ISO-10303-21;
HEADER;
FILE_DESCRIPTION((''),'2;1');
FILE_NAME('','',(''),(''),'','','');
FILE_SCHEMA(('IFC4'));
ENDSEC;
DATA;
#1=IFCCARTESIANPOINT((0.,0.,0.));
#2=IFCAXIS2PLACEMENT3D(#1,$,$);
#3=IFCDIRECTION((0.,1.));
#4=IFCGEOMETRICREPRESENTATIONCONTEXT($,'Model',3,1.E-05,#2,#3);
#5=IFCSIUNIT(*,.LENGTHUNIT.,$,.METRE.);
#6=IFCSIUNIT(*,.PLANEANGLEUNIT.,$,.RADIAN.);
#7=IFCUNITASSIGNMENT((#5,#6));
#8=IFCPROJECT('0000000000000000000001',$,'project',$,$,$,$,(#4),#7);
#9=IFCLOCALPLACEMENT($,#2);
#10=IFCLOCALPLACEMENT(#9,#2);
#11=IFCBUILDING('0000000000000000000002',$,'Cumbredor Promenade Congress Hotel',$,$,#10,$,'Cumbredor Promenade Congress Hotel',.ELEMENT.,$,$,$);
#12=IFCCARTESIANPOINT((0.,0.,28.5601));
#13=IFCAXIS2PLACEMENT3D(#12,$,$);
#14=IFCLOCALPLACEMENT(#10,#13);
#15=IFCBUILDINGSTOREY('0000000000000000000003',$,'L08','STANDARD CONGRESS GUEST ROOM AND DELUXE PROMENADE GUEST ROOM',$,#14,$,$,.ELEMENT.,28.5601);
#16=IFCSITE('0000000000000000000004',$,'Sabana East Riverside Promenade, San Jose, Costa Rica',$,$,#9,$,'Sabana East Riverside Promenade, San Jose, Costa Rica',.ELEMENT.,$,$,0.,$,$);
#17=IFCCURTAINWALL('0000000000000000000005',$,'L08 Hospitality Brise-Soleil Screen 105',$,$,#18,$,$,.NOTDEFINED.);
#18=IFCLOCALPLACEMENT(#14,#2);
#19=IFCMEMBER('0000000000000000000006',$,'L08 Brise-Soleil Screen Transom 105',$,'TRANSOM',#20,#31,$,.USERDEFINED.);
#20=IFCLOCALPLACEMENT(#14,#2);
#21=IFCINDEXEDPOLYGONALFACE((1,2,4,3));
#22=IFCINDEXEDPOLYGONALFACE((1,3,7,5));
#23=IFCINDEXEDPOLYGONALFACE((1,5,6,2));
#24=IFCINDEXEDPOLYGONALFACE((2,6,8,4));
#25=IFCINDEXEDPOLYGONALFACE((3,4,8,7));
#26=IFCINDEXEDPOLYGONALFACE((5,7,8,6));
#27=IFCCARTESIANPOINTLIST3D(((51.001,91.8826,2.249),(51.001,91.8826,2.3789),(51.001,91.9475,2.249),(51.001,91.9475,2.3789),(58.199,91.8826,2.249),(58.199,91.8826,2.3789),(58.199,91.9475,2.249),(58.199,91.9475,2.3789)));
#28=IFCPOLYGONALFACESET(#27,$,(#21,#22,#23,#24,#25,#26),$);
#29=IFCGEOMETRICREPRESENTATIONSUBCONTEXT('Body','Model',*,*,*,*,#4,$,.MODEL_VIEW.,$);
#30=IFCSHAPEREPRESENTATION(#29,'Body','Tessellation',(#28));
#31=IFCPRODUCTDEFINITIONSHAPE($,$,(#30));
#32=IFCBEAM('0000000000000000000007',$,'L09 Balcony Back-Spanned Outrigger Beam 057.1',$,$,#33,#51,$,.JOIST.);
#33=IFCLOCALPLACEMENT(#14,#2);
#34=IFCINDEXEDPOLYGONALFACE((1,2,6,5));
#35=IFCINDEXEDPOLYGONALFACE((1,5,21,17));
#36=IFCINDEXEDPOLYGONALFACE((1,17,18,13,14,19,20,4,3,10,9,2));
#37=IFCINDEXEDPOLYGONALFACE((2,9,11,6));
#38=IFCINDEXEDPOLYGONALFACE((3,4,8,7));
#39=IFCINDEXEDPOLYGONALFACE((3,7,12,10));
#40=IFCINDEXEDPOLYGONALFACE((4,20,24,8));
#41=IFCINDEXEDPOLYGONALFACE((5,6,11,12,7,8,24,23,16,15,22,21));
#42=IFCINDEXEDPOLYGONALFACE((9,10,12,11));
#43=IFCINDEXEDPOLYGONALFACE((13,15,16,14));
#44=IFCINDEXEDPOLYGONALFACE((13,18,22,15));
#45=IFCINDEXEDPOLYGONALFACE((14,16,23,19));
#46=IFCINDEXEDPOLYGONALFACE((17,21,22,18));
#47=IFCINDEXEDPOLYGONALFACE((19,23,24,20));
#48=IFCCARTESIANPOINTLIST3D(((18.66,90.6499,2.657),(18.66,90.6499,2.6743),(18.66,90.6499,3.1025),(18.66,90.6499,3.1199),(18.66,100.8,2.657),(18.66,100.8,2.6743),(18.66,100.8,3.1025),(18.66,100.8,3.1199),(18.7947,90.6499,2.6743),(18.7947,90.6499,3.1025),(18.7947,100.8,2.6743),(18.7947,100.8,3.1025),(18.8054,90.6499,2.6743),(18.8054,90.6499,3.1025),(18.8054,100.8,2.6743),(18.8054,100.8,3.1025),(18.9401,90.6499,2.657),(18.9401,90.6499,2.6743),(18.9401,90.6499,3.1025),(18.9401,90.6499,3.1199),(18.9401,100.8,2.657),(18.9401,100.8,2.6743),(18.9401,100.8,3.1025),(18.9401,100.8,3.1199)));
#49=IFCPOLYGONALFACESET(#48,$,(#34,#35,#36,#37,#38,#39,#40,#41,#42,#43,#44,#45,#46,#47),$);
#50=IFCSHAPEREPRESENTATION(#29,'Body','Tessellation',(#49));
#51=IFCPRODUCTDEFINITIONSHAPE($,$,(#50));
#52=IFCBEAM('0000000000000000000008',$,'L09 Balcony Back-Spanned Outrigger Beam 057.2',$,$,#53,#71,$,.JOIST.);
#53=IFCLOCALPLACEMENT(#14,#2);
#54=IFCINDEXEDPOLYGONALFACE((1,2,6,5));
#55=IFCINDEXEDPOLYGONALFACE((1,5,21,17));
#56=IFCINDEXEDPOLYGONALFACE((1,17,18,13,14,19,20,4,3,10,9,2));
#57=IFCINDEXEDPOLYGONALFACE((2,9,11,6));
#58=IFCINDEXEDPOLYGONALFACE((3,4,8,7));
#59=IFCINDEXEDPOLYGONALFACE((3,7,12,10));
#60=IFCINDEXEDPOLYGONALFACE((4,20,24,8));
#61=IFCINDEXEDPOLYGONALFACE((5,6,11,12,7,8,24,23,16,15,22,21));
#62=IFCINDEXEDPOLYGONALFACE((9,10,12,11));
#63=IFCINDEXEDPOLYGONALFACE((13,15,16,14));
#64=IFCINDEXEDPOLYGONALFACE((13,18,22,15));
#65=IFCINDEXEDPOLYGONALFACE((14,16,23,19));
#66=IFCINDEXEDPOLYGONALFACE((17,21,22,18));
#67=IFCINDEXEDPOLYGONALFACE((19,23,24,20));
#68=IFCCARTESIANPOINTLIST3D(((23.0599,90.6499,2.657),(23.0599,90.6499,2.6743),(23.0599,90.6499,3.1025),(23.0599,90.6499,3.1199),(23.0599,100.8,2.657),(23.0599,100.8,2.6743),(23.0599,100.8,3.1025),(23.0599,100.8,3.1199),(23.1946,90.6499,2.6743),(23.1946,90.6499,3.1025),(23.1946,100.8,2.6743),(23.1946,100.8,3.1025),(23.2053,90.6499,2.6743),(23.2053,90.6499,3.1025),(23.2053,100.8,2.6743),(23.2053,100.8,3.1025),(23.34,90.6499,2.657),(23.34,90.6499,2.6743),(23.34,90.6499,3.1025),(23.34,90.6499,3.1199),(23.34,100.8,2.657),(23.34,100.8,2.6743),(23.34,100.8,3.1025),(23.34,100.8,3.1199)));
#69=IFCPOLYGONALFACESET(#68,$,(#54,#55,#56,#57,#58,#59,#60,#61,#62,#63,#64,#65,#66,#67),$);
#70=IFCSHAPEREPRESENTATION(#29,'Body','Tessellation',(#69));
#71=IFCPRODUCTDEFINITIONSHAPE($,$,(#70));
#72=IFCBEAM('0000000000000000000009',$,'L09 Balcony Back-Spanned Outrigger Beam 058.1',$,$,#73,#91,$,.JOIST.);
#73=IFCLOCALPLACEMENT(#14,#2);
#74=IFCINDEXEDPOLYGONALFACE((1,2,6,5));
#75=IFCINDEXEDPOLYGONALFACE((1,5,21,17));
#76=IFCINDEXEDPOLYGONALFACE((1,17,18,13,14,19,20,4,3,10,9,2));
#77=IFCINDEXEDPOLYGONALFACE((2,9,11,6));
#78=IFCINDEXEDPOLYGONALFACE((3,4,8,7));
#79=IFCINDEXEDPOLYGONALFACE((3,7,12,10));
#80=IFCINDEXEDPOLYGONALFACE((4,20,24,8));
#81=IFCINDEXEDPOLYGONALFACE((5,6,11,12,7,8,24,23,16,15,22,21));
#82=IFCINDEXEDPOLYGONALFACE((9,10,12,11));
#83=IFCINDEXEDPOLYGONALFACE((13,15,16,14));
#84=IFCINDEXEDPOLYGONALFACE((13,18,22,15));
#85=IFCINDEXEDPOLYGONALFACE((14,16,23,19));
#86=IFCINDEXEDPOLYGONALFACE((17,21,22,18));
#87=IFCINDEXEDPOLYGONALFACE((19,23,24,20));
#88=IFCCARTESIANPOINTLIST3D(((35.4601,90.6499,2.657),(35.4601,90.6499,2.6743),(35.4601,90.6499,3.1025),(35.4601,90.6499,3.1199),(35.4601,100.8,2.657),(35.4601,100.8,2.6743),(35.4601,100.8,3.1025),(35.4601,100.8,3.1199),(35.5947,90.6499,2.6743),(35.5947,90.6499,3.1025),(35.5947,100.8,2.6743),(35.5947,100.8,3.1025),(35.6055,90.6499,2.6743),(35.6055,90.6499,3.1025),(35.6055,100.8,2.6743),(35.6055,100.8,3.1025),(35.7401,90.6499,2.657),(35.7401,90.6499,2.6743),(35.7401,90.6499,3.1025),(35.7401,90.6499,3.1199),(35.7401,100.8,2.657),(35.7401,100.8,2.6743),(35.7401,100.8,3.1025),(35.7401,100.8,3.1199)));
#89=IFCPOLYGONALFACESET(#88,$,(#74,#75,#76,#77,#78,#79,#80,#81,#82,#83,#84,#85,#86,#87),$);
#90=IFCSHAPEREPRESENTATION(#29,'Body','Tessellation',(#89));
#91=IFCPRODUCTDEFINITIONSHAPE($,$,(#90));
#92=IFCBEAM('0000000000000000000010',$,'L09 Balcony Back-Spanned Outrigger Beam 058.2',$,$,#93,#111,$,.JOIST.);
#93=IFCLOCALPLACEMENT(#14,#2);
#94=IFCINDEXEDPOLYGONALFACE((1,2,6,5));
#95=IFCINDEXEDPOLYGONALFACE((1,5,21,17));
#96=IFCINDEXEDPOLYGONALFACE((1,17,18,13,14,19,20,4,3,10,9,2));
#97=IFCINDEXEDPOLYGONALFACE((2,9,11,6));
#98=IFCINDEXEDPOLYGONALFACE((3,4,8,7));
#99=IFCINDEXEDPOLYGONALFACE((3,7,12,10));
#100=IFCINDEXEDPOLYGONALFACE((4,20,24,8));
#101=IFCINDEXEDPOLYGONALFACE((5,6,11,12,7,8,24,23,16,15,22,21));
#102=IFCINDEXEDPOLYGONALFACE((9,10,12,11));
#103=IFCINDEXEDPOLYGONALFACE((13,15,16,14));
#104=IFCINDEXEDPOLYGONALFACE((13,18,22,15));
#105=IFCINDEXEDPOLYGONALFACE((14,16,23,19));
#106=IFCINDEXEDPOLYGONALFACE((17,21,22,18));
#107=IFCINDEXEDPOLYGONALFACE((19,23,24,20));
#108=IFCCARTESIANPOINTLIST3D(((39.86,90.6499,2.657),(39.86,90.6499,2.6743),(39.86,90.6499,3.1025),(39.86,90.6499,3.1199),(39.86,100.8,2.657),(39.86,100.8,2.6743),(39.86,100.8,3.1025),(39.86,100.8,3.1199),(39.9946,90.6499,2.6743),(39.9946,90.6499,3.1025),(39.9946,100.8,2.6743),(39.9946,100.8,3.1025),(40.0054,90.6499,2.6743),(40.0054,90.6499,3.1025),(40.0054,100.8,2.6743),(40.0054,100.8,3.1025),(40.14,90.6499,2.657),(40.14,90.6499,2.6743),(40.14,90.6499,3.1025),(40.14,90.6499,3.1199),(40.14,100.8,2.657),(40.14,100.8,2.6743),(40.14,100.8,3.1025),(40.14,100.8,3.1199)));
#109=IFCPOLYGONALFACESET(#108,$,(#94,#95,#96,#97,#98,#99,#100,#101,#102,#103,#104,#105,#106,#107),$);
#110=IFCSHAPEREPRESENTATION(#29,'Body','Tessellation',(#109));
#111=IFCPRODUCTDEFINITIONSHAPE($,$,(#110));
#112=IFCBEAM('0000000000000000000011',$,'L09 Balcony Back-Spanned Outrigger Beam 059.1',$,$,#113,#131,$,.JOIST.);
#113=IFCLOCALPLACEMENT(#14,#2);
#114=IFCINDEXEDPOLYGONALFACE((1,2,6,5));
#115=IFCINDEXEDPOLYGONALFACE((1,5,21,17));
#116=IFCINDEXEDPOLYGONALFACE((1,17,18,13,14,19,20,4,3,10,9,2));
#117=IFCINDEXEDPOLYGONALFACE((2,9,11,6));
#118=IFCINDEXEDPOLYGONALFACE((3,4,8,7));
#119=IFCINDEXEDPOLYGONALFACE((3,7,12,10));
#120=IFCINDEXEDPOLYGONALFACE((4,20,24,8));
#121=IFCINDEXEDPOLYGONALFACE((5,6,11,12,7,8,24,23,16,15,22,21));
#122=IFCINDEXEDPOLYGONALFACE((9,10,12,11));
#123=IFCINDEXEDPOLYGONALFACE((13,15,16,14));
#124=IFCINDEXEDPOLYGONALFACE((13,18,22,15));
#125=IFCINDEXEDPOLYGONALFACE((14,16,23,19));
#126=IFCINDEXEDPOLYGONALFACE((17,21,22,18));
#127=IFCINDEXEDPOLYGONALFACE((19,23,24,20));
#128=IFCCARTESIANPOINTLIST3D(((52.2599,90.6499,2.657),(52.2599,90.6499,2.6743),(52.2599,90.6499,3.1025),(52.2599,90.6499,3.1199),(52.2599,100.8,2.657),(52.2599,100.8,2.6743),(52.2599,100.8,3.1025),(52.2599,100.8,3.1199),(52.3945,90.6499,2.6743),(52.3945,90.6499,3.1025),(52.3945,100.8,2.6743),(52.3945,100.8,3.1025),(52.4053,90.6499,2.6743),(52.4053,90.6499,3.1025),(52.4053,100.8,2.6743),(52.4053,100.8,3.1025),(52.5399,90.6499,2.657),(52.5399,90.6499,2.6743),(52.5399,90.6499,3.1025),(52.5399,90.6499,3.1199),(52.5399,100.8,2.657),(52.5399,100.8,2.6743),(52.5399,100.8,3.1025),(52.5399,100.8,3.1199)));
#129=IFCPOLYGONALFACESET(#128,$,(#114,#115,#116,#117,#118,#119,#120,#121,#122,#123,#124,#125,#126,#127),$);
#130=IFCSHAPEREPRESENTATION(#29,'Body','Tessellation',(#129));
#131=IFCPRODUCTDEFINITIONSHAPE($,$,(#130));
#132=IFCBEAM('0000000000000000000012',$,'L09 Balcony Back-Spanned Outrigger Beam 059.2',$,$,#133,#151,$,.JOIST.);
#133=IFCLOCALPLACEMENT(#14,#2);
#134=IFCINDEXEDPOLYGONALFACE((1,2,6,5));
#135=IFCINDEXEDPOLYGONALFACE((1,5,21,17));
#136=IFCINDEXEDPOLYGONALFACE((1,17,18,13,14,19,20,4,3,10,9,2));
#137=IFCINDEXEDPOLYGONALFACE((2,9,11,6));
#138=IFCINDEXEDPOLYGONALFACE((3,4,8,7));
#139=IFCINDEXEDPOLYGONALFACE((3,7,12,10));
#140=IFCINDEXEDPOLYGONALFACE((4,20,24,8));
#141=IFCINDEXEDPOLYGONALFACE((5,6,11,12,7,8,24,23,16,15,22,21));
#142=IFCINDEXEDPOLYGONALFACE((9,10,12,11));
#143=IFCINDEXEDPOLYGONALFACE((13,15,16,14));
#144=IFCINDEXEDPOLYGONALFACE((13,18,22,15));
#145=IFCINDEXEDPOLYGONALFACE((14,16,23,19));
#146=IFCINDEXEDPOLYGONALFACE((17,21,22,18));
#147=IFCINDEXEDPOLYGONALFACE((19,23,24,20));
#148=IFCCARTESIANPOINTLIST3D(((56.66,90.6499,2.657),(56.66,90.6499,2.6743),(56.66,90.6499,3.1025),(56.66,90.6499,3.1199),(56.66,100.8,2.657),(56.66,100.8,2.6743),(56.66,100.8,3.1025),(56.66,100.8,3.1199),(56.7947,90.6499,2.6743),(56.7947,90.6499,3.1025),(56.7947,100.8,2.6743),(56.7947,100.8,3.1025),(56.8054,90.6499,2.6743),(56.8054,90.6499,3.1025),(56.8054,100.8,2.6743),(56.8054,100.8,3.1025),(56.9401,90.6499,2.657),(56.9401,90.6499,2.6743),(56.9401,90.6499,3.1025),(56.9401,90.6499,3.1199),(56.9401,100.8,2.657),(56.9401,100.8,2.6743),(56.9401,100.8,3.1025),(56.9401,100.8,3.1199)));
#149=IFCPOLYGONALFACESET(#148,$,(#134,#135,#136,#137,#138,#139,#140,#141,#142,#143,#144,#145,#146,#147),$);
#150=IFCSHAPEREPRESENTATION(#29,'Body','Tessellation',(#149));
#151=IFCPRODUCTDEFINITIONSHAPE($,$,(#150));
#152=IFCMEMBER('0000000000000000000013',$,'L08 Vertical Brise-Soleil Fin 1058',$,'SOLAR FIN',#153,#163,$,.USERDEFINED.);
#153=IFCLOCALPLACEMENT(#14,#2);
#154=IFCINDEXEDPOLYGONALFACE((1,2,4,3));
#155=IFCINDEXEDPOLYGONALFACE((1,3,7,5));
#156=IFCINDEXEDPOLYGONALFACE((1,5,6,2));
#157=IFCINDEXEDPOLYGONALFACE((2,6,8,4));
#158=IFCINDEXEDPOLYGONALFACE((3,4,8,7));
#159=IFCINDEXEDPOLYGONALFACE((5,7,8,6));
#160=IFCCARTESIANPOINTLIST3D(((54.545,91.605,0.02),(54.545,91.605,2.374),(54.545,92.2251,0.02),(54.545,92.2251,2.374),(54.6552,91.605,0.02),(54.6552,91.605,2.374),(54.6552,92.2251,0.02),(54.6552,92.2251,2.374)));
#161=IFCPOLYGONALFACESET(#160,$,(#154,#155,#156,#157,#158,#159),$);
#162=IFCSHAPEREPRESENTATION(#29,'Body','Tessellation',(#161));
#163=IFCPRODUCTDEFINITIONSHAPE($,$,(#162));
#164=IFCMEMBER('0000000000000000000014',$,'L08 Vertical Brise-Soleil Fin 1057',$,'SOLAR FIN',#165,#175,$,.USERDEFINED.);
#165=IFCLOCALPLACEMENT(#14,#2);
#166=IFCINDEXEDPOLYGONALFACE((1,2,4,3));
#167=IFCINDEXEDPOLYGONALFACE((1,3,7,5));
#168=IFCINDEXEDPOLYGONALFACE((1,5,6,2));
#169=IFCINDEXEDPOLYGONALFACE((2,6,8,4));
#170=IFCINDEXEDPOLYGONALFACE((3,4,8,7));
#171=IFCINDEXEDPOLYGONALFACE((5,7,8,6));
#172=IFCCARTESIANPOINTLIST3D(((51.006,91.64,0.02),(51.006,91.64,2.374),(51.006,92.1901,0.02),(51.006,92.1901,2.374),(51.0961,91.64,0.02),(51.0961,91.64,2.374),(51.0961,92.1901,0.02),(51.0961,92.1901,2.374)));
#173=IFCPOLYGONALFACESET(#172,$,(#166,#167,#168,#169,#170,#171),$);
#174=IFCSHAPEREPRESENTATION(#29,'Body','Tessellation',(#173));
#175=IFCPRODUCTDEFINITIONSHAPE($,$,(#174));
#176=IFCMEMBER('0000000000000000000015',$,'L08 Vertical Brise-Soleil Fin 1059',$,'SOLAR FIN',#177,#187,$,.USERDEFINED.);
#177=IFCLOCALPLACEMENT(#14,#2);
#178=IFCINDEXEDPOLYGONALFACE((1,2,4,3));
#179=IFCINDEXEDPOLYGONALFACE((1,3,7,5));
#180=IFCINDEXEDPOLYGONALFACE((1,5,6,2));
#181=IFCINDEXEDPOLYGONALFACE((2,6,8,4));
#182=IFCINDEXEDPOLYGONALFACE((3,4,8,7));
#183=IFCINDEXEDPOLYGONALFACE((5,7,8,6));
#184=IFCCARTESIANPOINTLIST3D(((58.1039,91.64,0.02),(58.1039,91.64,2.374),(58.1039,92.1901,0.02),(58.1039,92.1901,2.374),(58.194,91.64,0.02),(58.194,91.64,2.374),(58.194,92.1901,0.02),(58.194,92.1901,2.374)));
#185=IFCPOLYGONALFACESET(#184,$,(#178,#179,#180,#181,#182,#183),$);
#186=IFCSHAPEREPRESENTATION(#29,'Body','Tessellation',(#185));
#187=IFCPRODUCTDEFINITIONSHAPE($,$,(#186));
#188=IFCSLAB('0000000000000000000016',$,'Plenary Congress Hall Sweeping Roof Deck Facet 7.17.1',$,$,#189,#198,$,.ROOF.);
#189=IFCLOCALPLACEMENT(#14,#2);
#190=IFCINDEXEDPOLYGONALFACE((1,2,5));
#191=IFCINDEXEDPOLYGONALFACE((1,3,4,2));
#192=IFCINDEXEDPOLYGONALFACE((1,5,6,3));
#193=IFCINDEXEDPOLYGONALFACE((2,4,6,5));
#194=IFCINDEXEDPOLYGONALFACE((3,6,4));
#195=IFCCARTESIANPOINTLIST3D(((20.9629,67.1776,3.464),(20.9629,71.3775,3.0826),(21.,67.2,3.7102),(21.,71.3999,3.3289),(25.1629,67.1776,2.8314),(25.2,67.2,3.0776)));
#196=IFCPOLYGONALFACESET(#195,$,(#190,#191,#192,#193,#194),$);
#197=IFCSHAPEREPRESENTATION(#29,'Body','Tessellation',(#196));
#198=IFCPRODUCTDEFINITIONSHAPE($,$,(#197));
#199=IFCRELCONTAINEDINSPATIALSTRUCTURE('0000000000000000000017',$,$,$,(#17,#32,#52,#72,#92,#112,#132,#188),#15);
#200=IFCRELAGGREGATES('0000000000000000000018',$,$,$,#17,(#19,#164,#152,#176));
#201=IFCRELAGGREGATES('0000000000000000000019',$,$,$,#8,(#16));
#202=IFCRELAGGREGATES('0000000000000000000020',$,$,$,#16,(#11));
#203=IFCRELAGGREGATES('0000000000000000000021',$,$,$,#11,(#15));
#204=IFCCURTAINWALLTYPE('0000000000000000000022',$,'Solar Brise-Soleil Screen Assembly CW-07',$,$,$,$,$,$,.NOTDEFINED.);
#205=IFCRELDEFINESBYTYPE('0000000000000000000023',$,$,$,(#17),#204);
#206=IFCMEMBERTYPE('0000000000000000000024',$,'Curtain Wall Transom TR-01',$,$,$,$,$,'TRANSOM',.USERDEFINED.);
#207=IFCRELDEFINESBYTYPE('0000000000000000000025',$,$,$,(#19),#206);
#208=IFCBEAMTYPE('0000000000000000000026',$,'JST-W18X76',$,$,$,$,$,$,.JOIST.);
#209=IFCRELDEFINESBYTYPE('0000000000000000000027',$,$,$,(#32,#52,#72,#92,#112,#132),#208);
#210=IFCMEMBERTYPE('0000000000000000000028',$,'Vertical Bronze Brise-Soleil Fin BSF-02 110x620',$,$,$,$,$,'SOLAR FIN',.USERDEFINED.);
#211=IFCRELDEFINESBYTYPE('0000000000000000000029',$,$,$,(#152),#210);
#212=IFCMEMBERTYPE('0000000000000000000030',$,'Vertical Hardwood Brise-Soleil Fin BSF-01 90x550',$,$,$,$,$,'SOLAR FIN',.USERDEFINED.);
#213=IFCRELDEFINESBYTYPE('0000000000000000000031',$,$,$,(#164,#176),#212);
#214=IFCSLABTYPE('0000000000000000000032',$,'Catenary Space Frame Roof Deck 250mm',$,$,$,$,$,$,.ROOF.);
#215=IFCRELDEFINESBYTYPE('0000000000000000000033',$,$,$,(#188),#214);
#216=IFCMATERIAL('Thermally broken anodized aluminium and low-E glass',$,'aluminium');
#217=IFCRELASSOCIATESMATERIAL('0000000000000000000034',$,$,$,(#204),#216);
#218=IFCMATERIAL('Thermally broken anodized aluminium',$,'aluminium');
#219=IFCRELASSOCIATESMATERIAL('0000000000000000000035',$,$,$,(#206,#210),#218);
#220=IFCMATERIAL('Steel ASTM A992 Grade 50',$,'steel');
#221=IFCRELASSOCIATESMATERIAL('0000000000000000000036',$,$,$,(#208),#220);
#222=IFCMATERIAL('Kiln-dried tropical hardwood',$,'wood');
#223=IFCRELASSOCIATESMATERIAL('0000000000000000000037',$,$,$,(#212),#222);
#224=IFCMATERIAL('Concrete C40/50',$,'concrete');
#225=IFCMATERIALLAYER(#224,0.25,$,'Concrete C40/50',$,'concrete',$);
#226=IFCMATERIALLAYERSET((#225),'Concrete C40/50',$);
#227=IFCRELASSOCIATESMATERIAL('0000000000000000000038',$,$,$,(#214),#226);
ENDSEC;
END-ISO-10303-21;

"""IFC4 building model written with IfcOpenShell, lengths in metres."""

from ifc_helpers import new_model, si_unit, direction, frame, origin, origin_2d, place, context, subcontext, project, spatial, polyline, rectangle, i_section, outline, extrude, material, layer, layer_set, material_profile, profile_set, type_object, element, aggregate, save


model = new_model("IFC4")

# Units and contexts
model_context = context("Model", 3, precision=1e-05, world=origin(), true_north=direction((0.0, 1.0)))
body_context = subcontext(model_context, "Body", "Model", "MODEL_VIEW")
ifc_project = project(units=[si_unit("LENGTHUNIT", "METRE"), si_unit("PLANEANGLEUNIT", "RADIAN")], contexts=[model_context])

# Site, building, storey
site_placement = place(None, origin())
site = spatial("IfcSite", under=ifc_project, at=site_placement, Name="Sabana East Riverside Promenade, San Jose, Costa Rica", LongName="Sabana East Riverside Promenade, San Jose, Costa Rica", CompositionType="ELEMENT", RefElevation=0.0)
building_placement = place(site_placement, origin())
building = spatial("IfcBuilding", under=site, at=building_placement, Name="Cumbredor Promenade Congress Hotel", LongName="Cumbredor Promenade Congress Hotel", CompositionType="ELEMENT")
storey_placement = place(building_placement, frame((0.0, 0.0, 28.5601)))
storey = spatial("IfcBuildingStorey", under=building, at=storey_placement, Name="L08", Description="STANDARD CONGRESS GUEST ROOM AND DELUXE PROMENADE GUEST ROOM", CompositionType="ELEMENT", Elevation=28.5601)

# Curtain wall, member
ifc_material_1 = material(Name="Thermally broken anodized aluminium and low-E glass", Category="aluminium")
curtain_wall_type = type_object("IfcCurtainWallType", Name="Solar Brise-Soleil Screen Assembly CW-07", PredefinedType="NOTDEFINED", material=ifc_material_1)
curtain_wall_1_placement = place(storey_placement, origin())
curtain_wall_1 = element("IfcCurtainWall", 1, at=curtain_wall_1_placement, inside=storey, type_object=curtain_wall_type, Name="L08 Hospitality Brise-Soleil Screen 105", PredefinedType="NOTDEFINED")
ifc_material_2 = material(Name="Thermally broken anodized aluminium", Category="aluminium")
ifc_material_profile_1 = material_profile(ifc_material_2, rectangle(XDim=0.0649, YDim=0.1299, at=origin_2d()), Name="ALU TRANSOM 65x130")
ifc_profile_set_1 = profile_set([ifc_material_profile_1], Name="Thermally broken anodized aluminium")
member_type_1 = type_object("IfcMemberType", Name="Curtain Wall Transom TR-01", ElementType="TRANSOM", PredefinedType="USERDEFINED", material=ifc_profile_set_1)
member_1_placement = place(storey_placement, frame((51.001, 91.915, 2.314), z_axis=(1.0, 0.0, 0.0), x_axis=(0.0, 1.0, 0.0)))
member_1 = element("IfcMember", 2, at=member_1_placement, type_object=member_type_1, Name="L08 Brise-Soleil Screen Transom 105", ObjectType="TRANSOM", PredefinedType="USERDEFINED", context=body_context, shape_type="SweptSolid", body=[
    extrude(rectangle(XDim=0.0649, YDim=0.1299, at=origin_2d()), origin(), (0.0, 0.0, 1.0), 7.198),
])

# Beams
ifc_material_3 = material(Name="Steel ASTM A992 Grade 50", Category="steel")
ifc_material_profile_2 = material_profile(ifc_material_3, i_section(OverallWidth=0.28, OverallDepth=0.4629, WebThickness=0.0107, FlangeThickness=0.0173, at=origin_2d()), Name="W18X76")
ifc_profile_set_2 = profile_set([ifc_material_profile_2], Name="Steel ASTM A992 Grade 50")
beam_type = type_object("IfcBeamType", Name="JST-W18X76", PredefinedType="JOIST", material=ifc_profile_set_2)
for number, where, z_axis, x_axis, name in (
    (3, (18.8, 90.6499, 2.8884), (0.0, 1.0, 0.0), (-1.0, 0.0, 0.0), "L09 Balcony Back-Spanned Outrigger Beam 057.1"),
    (4, (23.2, 90.6499, 2.8884), (0.0, 1.0, 0.0), (-1.0, 0.0, 0.0), "L09 Balcony Back-Spanned Outrigger Beam 057.2"),
    (5, (35.6001, 90.6499, 2.8884), (0.0, 1.0, 0.0), (-1.0, 0.0, 0.0), "L09 Balcony Back-Spanned Outrigger Beam 058.1"),
    (6, (40.0, 90.6499, 2.8884), (0.0, 1.0, 0.0), (-1.0, 0.0, 0.0), "L09 Balcony Back-Spanned Outrigger Beam 058.2"),
    (7, (52.3999, 90.6499, 2.8884), (0.0, 1.0, 0.0), (-1.0, 0.0, 0.0), "L09 Balcony Back-Spanned Outrigger Beam 059.1"),
    (8, (56.8, 90.6499, 2.8884), (0.0, 1.0, 0.0), (-1.0, 0.0, 0.0), "L09 Balcony Back-Spanned Outrigger Beam 059.2"),
):
    element("IfcBeam", number, at=place(storey_placement, frame(where, z_axis=z_axis, x_axis=x_axis)), inside=storey, type_object=beam_type, Name=name, PredefinedType="JOIST", context=body_context, shape_type="SweptSolid", body=[
        extrude(i_section(OverallWidth=0.28, OverallDepth=0.4629, WebThickness=0.0107, FlangeThickness=0.0173, at=origin_2d()), origin(), (0.0, 0.0, 1.0), 10.1501),
    ])

# Members
ifc_material_profile_3 = material_profile(ifc_material_2, rectangle(XDim=0.1101, YDim=0.6201, at=origin_2d()), Name="ARCH FIN 110x620")
ifc_profile_set_3 = profile_set([ifc_material_profile_3], Name="Thermally broken anodized aluminium")
member_type_2 = type_object("IfcMemberType", Name="Vertical Bronze Brise-Soleil Fin BSF-02 110x620", ElementType="SOLAR FIN", PredefinedType="USERDEFINED", material=ifc_profile_set_3)
member_2_placement = place(storey_placement, frame((54.6001, 91.915, 0.02), z_axis=(0.0, 0.0, 1.0), x_axis=(1.0, 0.0, 0.0)))
member_2 = element("IfcMember", 9, at=member_2_placement, type_object=member_type_2, Name="L08 Vertical Brise-Soleil Fin 1058", ObjectType="SOLAR FIN", PredefinedType="USERDEFINED", context=body_context, shape_type="SweptSolid", body=[
    extrude(rectangle(XDim=0.1101, YDim=0.6201, at=origin_2d()), origin(), (0.0, 0.0, 1.0), 2.354),
])
ifc_material_4 = material(Name="Kiln-dried tropical hardwood", Category="wood")
ifc_material_profile_4 = material_profile(ifc_material_4, rectangle(XDim=0.0901, YDim=0.55, at=origin_2d()), Name="ARCH FIN 90x550")
ifc_profile_set_4 = profile_set([ifc_material_profile_4], Name="Kiln-dried tropical hardwood")
member_type_3 = type_object("IfcMemberType", Name="Vertical Hardwood Brise-Soleil Fin BSF-01 90x550", ElementType="SOLAR FIN", PredefinedType="USERDEFINED", material=ifc_profile_set_4)
member_3_placement = place(storey_placement, frame((51.051, 91.915, 0.02), z_axis=(0.0, 0.0, 1.0), x_axis=(1.0, 0.0, 0.0)))
member_3 = element("IfcMember", 10, at=member_3_placement, type_object=member_type_3, Name="L08 Vertical Brise-Soleil Fin 1057", ObjectType="SOLAR FIN", PredefinedType="USERDEFINED", context=body_context, shape_type="SweptSolid", body=[
    extrude(rectangle(XDim=0.0901, YDim=0.55, at=origin_2d()), origin(), (0.0, 0.0, 1.0), 2.354),
])
member_4_placement = place(storey_placement, frame((58.1489, 91.915, 0.02), z_axis=(0.0, 0.0, 1.0), x_axis=(1.0, 0.0, 0.0)))
member_4 = element("IfcMember", 11, at=member_4_placement, type_object=member_type_3, Name="L08 Vertical Brise-Soleil Fin 1059", ObjectType="SOLAR FIN", PredefinedType="USERDEFINED", context=body_context, shape_type="SweptSolid", body=[
    extrude(rectangle(XDim=0.0901, YDim=0.55, at=origin_2d()), origin(), (0.0, 0.0, 1.0), 2.354),
])

# Slab
ifc_material_5 = material(Name="Concrete C40/50", Category="concrete")
ifc_layer_1 = layer(ifc_material_5, 0.25, Name="Concrete C40/50", Category="concrete")
ifc_layer_set_1 = layer_set([ifc_layer_1], Name="Concrete C40/50")
slab_type = type_object("IfcSlabType", Name="Catenary Space Frame Roof Deck 250mm", PredefinedType="ROOF", material=ifc_layer_set_1)
slab_1_placement = place(storey_placement, frame((21.0, 67.2, 3.7102), z_axis=(0.148337, 0.089426, 0.984885), x_axis=(0.988847, 0.0, -0.148934)))
element("IfcSlab", 12, at=slab_1_placement, inside=storey, type_object=slab_type, Name="Plenary Congress Hall Sweeping Roof Deck Facet 7.17.1", PredefinedType="ROOF", context=body_context, shape_type="SweptSolid", body=[
    extrude(outline(polyline([(0.0, 0.0), (4.2473, 0.0), (0.0568, 4.2168), (0.0, 0.0)])), origin(), (0.0, 0.0, -1.0), 0.25),
])

aggregate(curtain_wall_1, [member_1, member_3, member_2, member_4])

save(model, "model.ifc")
